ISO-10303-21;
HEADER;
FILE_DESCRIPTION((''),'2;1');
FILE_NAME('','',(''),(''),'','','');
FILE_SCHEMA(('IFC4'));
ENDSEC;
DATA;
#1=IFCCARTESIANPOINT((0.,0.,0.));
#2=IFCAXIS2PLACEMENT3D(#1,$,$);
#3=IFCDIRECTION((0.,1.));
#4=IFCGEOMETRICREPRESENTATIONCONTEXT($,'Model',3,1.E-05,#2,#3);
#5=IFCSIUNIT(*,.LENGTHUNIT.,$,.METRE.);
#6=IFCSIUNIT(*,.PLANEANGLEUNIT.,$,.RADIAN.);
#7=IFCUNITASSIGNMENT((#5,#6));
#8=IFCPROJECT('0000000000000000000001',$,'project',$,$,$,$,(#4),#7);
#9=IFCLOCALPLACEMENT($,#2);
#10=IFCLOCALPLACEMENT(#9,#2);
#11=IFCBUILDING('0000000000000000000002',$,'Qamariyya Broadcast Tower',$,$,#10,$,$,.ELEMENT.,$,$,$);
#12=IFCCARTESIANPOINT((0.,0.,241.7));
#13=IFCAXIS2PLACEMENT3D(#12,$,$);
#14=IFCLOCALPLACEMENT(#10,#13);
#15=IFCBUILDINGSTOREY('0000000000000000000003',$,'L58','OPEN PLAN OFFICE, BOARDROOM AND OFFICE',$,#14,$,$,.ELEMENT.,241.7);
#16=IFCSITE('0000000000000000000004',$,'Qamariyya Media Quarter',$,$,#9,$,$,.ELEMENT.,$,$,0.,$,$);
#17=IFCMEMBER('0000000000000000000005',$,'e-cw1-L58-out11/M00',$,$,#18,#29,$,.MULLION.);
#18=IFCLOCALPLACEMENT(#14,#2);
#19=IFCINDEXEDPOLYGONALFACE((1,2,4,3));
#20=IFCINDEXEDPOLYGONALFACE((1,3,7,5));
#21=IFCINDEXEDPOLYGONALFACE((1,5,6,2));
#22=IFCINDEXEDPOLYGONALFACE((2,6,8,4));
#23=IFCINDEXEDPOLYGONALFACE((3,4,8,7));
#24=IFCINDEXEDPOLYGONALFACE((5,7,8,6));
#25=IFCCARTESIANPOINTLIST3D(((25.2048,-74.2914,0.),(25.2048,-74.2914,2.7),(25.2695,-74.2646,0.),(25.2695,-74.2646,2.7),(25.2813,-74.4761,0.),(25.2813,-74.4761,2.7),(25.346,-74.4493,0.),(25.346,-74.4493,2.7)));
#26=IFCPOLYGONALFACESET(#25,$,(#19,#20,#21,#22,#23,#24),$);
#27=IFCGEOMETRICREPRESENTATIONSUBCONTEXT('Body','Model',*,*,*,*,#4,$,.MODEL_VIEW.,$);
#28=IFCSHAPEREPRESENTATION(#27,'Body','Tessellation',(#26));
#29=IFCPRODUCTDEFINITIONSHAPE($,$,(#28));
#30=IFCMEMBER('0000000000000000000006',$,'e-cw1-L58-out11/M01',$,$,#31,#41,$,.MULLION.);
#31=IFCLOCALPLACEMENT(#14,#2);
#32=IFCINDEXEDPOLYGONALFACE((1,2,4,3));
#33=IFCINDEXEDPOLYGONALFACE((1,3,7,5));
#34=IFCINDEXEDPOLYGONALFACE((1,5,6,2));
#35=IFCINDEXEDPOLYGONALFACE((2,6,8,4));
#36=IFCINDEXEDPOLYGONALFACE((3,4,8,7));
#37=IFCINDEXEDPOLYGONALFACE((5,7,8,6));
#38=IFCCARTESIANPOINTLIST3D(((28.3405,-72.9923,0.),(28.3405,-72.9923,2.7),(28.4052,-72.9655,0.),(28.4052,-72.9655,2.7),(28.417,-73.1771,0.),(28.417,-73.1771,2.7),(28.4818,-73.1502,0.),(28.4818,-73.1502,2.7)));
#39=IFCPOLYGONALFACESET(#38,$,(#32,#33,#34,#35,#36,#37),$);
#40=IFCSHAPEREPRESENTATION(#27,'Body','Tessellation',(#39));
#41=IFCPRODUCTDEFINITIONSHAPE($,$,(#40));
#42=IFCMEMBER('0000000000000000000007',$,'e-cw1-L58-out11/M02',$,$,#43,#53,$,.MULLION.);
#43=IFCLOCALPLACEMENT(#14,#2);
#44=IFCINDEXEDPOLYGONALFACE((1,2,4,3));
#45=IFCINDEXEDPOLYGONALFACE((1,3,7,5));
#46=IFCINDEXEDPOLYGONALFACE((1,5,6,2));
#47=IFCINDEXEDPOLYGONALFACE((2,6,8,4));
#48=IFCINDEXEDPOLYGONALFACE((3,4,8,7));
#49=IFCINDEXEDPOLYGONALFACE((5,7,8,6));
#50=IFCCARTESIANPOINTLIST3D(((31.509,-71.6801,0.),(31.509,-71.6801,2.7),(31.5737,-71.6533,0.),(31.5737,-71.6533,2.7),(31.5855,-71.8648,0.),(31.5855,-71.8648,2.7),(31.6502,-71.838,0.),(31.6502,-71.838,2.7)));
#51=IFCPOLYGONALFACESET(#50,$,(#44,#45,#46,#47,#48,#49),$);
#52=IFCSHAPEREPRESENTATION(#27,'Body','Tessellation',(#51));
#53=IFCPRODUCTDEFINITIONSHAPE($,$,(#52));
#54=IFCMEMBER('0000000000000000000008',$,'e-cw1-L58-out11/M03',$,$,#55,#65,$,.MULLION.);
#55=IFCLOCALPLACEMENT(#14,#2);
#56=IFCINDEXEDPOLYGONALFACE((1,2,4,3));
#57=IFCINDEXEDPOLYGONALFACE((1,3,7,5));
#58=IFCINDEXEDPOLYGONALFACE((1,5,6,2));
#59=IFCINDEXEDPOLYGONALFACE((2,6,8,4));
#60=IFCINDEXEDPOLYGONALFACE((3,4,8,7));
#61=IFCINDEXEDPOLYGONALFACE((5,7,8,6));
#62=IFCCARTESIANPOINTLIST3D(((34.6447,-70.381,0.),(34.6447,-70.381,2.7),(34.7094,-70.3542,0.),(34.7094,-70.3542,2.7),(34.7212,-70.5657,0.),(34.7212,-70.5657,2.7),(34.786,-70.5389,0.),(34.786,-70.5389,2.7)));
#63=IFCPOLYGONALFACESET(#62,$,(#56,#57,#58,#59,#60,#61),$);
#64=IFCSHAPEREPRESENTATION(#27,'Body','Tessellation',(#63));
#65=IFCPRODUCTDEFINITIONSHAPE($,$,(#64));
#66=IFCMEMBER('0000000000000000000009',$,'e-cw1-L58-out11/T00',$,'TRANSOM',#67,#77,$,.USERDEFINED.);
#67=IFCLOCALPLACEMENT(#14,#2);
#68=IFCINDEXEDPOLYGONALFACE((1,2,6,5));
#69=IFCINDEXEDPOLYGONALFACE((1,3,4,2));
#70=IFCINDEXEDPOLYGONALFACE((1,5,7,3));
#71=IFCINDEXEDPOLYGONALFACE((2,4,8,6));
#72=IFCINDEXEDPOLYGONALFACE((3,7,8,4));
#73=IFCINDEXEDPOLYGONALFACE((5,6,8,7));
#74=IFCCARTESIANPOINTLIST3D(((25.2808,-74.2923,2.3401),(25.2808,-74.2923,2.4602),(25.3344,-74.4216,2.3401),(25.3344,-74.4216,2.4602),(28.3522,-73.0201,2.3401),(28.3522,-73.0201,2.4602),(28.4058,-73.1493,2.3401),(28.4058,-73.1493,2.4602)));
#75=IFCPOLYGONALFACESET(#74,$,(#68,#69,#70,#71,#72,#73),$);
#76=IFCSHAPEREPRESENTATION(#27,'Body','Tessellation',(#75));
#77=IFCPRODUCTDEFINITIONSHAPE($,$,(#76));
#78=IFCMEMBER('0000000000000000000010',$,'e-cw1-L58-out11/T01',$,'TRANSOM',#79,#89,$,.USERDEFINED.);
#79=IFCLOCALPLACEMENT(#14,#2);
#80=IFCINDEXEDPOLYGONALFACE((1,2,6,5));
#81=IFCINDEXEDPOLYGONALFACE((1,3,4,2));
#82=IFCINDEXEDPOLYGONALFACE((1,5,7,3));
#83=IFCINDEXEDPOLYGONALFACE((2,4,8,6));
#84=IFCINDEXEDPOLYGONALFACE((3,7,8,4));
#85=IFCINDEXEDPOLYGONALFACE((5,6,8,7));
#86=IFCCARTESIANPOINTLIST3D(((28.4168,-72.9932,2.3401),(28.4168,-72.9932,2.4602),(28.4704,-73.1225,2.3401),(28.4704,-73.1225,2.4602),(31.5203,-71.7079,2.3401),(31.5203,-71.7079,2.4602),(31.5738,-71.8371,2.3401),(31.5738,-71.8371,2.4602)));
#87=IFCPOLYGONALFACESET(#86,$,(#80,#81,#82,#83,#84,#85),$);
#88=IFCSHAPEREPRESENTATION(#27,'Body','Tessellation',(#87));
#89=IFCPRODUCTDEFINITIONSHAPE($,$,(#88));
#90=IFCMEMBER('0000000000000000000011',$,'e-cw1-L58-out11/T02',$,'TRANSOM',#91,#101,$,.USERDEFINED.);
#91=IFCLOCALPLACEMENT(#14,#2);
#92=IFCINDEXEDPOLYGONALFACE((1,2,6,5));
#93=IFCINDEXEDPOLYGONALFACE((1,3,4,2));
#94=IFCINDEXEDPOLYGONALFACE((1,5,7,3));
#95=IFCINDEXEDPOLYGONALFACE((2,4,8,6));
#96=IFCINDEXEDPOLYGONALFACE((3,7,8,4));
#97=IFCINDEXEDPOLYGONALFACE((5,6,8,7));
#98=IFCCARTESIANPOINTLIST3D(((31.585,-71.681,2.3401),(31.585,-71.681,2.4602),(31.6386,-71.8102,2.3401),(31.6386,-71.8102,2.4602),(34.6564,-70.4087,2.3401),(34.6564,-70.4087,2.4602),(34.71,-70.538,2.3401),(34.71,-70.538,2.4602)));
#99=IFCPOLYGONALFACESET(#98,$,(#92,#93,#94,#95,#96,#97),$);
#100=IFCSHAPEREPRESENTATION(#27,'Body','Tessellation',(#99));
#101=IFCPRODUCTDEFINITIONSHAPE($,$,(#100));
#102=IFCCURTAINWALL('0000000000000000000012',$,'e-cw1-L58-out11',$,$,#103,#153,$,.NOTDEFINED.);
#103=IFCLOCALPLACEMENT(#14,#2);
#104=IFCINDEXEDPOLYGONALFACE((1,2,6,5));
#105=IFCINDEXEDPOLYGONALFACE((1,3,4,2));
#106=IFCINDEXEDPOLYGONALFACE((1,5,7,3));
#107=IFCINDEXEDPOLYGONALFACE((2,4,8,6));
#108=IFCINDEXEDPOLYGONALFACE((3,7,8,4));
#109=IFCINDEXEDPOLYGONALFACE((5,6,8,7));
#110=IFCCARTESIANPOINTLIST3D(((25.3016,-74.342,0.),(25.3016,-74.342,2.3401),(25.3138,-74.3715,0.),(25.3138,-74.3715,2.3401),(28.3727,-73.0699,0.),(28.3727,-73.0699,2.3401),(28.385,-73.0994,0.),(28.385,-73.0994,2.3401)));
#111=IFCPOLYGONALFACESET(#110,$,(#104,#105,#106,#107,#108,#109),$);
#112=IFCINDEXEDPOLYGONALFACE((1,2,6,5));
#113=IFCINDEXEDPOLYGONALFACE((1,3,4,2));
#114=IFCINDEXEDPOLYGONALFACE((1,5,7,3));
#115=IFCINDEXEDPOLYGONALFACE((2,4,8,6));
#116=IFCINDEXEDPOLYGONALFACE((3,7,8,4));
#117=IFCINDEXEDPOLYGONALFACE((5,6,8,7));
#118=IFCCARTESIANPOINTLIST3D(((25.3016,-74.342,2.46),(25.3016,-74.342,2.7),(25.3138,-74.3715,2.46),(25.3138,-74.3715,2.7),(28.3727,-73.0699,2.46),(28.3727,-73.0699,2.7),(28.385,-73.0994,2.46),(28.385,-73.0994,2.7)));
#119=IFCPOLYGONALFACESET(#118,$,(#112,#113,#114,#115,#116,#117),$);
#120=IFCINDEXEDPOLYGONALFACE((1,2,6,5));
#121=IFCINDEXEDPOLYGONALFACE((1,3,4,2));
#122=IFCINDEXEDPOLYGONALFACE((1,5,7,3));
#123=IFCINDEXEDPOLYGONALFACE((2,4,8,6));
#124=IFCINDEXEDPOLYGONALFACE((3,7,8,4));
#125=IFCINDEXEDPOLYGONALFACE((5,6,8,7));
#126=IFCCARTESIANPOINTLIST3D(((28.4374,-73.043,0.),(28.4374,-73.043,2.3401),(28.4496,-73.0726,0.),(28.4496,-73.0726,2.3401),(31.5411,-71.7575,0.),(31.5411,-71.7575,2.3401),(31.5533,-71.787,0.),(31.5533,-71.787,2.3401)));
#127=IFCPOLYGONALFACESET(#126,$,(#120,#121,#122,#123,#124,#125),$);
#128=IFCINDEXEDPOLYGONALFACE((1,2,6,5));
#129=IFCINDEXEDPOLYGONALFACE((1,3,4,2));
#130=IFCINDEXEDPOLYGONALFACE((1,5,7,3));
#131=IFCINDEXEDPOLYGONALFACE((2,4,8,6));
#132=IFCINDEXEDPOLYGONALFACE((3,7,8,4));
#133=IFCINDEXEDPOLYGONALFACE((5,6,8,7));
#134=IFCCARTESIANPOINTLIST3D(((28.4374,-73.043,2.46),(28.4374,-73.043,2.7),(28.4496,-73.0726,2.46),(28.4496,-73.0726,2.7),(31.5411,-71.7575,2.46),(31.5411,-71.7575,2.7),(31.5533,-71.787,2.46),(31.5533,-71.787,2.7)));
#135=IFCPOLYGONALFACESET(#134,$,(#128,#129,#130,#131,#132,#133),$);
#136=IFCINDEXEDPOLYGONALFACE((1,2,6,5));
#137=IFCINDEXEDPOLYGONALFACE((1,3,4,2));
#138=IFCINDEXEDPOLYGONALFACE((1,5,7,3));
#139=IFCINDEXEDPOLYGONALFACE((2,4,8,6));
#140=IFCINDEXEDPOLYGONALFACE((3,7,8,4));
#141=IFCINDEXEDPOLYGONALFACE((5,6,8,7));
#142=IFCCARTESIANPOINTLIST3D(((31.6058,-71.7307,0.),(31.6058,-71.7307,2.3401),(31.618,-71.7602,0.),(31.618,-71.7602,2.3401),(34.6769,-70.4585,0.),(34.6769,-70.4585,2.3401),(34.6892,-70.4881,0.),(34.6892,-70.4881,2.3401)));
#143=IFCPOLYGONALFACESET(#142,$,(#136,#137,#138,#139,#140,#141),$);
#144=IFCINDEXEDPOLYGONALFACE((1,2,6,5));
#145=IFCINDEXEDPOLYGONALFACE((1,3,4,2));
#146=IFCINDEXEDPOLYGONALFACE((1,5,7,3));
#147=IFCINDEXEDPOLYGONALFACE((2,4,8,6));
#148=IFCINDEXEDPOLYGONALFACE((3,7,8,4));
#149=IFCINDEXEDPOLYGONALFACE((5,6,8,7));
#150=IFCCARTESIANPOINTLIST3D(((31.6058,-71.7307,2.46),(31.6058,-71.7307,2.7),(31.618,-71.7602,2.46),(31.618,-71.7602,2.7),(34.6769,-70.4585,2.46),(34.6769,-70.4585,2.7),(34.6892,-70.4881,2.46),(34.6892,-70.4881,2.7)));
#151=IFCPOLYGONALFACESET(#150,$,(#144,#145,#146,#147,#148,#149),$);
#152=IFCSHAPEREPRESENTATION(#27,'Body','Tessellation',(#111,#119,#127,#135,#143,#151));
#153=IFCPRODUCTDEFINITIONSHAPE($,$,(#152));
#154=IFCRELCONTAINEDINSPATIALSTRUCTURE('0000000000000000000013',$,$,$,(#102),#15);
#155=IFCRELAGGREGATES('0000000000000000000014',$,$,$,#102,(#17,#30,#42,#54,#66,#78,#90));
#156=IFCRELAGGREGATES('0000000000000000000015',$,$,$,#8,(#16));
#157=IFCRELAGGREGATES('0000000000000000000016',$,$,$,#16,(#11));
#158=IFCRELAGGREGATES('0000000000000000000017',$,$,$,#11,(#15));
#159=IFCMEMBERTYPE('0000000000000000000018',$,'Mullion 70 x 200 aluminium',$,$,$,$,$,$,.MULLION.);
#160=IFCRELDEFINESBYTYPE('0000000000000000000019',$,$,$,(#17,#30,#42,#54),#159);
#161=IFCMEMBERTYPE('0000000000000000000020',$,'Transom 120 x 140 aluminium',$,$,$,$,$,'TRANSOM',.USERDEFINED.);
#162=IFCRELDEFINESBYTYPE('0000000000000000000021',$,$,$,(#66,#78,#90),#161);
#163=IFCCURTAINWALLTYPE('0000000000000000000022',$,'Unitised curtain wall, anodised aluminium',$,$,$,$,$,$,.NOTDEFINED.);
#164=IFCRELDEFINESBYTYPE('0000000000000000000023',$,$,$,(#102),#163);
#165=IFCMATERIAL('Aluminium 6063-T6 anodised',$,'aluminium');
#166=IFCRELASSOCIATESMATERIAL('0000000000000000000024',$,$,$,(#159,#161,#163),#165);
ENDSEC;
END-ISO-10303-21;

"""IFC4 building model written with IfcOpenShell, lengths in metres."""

from ifc_helpers import new_model, si_unit, direction, frame, origin, origin_2d, place, context, subcontext, project, spatial, rectangle, extrude, material, material_profile, profile_set, type_object, element, aggregate, save


model = new_model("IFC4")

# Units and contexts
model_context = context("Model", 3, precision=1e-05, world=origin(), true_north=direction((0.0, 1.0)))
body_context = subcontext(model_context, "Body", "Model", "MODEL_VIEW")
ifc_project = project(units=[si_unit("LENGTHUNIT", "METRE"), si_unit("PLANEANGLEUNIT", "RADIAN")], contexts=[model_context])

# Members
ifc_material = material(Name="Aluminium 6063-T6 anodised", Category="aluminium")
ifc_material_profile_1 = material_profile(ifc_material, rectangle(XDim=0.2, YDim=0.0701, at=origin_2d()))
ifc_profile_set_1 = profile_set([ifc_material_profile_1], Name="Aluminium 6063-T6 anodised")
member_type_1 = type_object("IfcMemberType", Name="Mullion 70 x 200 aluminium", PredefinedType="MULLION", material=ifc_profile_set_1)
site_placement = place(None, origin())
building_placement = place(site_placement, origin())
storey_placement = place(building_placement, frame((0.0, 0.0, 241.7)))
member_1_placement = place(storey_placement, frame((25.2754, -74.3704, 0.0), z_axis=(0.0, 0.0, 1.0), x_axis=(-0.382683, 0.92388, 0.0)))
member_1 = element("IfcMember", 1, at=member_1_placement, type_object=member_type_1, Name="e-cw1-L58-out11/M00", PredefinedType="MULLION", context=body_context, shape_type="SweptSolid", body=[
    extrude(rectangle(XDim=0.2, YDim=0.0701, at=origin_2d()), origin(), (0.0, 0.0, 1.0), 2.7),
])
member_2_placement = place(storey_placement, frame((28.4111, -73.0713, 0.0), z_axis=(0.0, 0.0, 1.0), x_axis=(-0.382683, 0.92388, 0.0)))
member_2 = element("IfcMember", 2, at=member_2_placement, type_object=member_type_1, Name="e-cw1-L58-out11/M01", PredefinedType="MULLION", context=body_context, shape_type="SweptSolid", body=[
    extrude(rectangle(XDim=0.2, YDim=0.0701, at=origin_2d()), origin(), (0.0, 0.0, 1.0), 2.7),
])
member_3_placement = place(storey_placement, frame((31.5796, -71.759, 0.0), z_axis=(0.0, 0.0, 1.0), x_axis=(-0.382683, 0.92388, 0.0)))
member_3 = element("IfcMember", 3, at=member_3_placement, type_object=member_type_1, Name="e-cw1-L58-out11/M02", PredefinedType="MULLION", context=body_context, shape_type="SweptSolid", body=[
    extrude(rectangle(XDim=0.2, YDim=0.0701, at=origin_2d()), origin(), (0.0, 0.0, 1.0), 2.7),
])
member_4_placement = place(storey_placement, frame((34.7153, -70.46, 0.0), z_axis=(0.0, 0.0, 1.0), x_axis=(-0.382683, 0.92388, 0.0)))
member_4 = element("IfcMember", 4, at=member_4_placement, type_object=member_type_1, Name="e-cw1-L58-out11/M03", PredefinedType="MULLION", context=body_context, shape_type="SweptSolid", body=[
    extrude(rectangle(XDim=0.2, YDim=0.0701, at=origin_2d()), origin(), (0.0, 0.0, 1.0), 2.7),
])
ifc_material_profile_2 = material_profile(ifc_material, rectangle(XDim=0.1399, YDim=0.1201, at=origin_2d()))
ifc_profile_set_2 = profile_set([ifc_material_profile_2], Name="Aluminium 6063-T6 anodised")
member_type_2 = type_object("IfcMemberType", Name="Transom 120 x 140 aluminium", ElementType="TRANSOM", PredefinedType="USERDEFINED", material=ifc_profile_set_2)
member_5_placement = place(storey_placement, frame((25.3076, -74.3569, 2.4001), z_axis=(0.923875, 0.382696, 0.0), x_axis=(-0.382696, 0.923875, 0.0)))
member_5 = element("IfcMember", 5, at=member_5_placement, type_object=member_type_2, Name="e-cw1-L58-out11/T00", ObjectType="TRANSOM", PredefinedType="USERDEFINED", context=body_context, shape_type="SweptSolid", body=[
    extrude(rectangle(XDim=0.1399, YDim=0.1201, at=origin_2d()), origin(), (0.0, 0.0, 1.0), 3.3245),
])
member_6_placement = place(storey_placement, frame((28.4436, -73.0579, 2.4001), z_axis=(0.923892, 0.382653, 0.0), x_axis=(-0.382653, 0.923892, 0.0)))
member_6 = element("IfcMember", 6, at=member_6_placement, type_object=member_type_2, Name="e-cw1-L58-out11/T01", ObjectType="TRANSOM", PredefinedType="USERDEFINED", context=body_context, shape_type="SweptSolid", body=[
    extrude(rectangle(XDim=0.1399, YDim=0.1201, at=origin_2d()), origin(), (0.0, 0.0, 1.0), 3.3591),
])
member_7_placement = place(storey_placement, frame((31.6118, -71.7456, 2.4001), z_axis=(0.923875, 0.382696, 0.0), x_axis=(-0.382696, 0.923875, 0.0)))
member_7 = element("IfcMember", 7, at=member_7_placement, type_object=member_type_2, Name="e-cw1-L58-out11/T02", ObjectType="TRANSOM", PredefinedType="USERDEFINED", context=body_context, shape_type="SweptSolid", body=[
    extrude(rectangle(XDim=0.1399, YDim=0.1201, at=origin_2d()), origin(), (0.0, 0.0, 1.0), 3.3245),
])

# Site, building, storey
site = spatial("IfcSite", under=ifc_project, at=site_placement, Name="Qamariyya Media Quarter", CompositionType="ELEMENT", RefElevation=0.0)
building = spatial("IfcBuilding", under=site, at=building_placement, Name="Qamariyya Broadcast Tower", CompositionType="ELEMENT")
storey = spatial("IfcBuildingStorey", under=building, at=storey_placement, Name="L58", Description="OPEN PLAN OFFICE, BOARDROOM AND OFFICE", CompositionType="ELEMENT", Elevation=241.7)

# Curtain wall
curtain_wall_type = type_object("IfcCurtainWallType", Name="Unitised curtain wall, anodised aluminium", PredefinedType="NOTDEFINED", material=ifc_material)
curtain_wall_1_placement = place(storey_placement, origin())
curtain_wall_1 = element("IfcCurtainWall", 8, at=curtain_wall_1_placement, inside=storey, type_object=curtain_wall_type, Name="e-cw1-L58-out11", PredefinedType="NOTDEFINED", context=body_context, shape_type="SweptSolid", body=[
    extrude(rectangle(XDim=3.3242, YDim=0.032, at=origin_2d()), frame((26.8433, -73.7207, 0.0), x_axis=(0.923881, 0.38268, 0.0)), (0.0, 0.0, 1.0), 2.3401),
    extrude(rectangle(XDim=3.3242, YDim=0.032, at=origin_2d()), frame((26.8433, -73.7207, 2.46), x_axis=(0.923881, 0.38268, 0.0)), (0.0, 0.0, 1.0), 0.24),
    extrude(rectangle(XDim=3.3594, YDim=0.032, at=origin_2d()), frame((29.9954, -72.415, 0.0), x_axis=(0.923881, 0.38268, 0.0)), (0.0, 0.0, 1.0), 2.3401),
    extrude(rectangle(XDim=3.3594, YDim=0.032, at=origin_2d()), frame((29.9954, -72.415, 2.46), x_axis=(0.923881, 0.38268, 0.0)), (0.0, 0.0, 1.0), 0.24),
    extrude(rectangle(XDim=3.3242, YDim=0.032, at=origin_2d()), frame((33.1475, -71.1094, 0.0), x_axis=(0.923881, 0.38268, 0.0)), (0.0, 0.0, 1.0), 2.3401),
    extrude(rectangle(XDim=3.3242, YDim=0.032, at=origin_2d()), frame((33.1475, -71.1094, 2.46), x_axis=(0.923881, 0.38268, 0.0)), (0.0, 0.0, 1.0), 0.24),
])
aggregate(curtain_wall_1, [member_1, member_2, member_3, member_4, member_5, member_6, member_7])

save(model, "model.ifc")
